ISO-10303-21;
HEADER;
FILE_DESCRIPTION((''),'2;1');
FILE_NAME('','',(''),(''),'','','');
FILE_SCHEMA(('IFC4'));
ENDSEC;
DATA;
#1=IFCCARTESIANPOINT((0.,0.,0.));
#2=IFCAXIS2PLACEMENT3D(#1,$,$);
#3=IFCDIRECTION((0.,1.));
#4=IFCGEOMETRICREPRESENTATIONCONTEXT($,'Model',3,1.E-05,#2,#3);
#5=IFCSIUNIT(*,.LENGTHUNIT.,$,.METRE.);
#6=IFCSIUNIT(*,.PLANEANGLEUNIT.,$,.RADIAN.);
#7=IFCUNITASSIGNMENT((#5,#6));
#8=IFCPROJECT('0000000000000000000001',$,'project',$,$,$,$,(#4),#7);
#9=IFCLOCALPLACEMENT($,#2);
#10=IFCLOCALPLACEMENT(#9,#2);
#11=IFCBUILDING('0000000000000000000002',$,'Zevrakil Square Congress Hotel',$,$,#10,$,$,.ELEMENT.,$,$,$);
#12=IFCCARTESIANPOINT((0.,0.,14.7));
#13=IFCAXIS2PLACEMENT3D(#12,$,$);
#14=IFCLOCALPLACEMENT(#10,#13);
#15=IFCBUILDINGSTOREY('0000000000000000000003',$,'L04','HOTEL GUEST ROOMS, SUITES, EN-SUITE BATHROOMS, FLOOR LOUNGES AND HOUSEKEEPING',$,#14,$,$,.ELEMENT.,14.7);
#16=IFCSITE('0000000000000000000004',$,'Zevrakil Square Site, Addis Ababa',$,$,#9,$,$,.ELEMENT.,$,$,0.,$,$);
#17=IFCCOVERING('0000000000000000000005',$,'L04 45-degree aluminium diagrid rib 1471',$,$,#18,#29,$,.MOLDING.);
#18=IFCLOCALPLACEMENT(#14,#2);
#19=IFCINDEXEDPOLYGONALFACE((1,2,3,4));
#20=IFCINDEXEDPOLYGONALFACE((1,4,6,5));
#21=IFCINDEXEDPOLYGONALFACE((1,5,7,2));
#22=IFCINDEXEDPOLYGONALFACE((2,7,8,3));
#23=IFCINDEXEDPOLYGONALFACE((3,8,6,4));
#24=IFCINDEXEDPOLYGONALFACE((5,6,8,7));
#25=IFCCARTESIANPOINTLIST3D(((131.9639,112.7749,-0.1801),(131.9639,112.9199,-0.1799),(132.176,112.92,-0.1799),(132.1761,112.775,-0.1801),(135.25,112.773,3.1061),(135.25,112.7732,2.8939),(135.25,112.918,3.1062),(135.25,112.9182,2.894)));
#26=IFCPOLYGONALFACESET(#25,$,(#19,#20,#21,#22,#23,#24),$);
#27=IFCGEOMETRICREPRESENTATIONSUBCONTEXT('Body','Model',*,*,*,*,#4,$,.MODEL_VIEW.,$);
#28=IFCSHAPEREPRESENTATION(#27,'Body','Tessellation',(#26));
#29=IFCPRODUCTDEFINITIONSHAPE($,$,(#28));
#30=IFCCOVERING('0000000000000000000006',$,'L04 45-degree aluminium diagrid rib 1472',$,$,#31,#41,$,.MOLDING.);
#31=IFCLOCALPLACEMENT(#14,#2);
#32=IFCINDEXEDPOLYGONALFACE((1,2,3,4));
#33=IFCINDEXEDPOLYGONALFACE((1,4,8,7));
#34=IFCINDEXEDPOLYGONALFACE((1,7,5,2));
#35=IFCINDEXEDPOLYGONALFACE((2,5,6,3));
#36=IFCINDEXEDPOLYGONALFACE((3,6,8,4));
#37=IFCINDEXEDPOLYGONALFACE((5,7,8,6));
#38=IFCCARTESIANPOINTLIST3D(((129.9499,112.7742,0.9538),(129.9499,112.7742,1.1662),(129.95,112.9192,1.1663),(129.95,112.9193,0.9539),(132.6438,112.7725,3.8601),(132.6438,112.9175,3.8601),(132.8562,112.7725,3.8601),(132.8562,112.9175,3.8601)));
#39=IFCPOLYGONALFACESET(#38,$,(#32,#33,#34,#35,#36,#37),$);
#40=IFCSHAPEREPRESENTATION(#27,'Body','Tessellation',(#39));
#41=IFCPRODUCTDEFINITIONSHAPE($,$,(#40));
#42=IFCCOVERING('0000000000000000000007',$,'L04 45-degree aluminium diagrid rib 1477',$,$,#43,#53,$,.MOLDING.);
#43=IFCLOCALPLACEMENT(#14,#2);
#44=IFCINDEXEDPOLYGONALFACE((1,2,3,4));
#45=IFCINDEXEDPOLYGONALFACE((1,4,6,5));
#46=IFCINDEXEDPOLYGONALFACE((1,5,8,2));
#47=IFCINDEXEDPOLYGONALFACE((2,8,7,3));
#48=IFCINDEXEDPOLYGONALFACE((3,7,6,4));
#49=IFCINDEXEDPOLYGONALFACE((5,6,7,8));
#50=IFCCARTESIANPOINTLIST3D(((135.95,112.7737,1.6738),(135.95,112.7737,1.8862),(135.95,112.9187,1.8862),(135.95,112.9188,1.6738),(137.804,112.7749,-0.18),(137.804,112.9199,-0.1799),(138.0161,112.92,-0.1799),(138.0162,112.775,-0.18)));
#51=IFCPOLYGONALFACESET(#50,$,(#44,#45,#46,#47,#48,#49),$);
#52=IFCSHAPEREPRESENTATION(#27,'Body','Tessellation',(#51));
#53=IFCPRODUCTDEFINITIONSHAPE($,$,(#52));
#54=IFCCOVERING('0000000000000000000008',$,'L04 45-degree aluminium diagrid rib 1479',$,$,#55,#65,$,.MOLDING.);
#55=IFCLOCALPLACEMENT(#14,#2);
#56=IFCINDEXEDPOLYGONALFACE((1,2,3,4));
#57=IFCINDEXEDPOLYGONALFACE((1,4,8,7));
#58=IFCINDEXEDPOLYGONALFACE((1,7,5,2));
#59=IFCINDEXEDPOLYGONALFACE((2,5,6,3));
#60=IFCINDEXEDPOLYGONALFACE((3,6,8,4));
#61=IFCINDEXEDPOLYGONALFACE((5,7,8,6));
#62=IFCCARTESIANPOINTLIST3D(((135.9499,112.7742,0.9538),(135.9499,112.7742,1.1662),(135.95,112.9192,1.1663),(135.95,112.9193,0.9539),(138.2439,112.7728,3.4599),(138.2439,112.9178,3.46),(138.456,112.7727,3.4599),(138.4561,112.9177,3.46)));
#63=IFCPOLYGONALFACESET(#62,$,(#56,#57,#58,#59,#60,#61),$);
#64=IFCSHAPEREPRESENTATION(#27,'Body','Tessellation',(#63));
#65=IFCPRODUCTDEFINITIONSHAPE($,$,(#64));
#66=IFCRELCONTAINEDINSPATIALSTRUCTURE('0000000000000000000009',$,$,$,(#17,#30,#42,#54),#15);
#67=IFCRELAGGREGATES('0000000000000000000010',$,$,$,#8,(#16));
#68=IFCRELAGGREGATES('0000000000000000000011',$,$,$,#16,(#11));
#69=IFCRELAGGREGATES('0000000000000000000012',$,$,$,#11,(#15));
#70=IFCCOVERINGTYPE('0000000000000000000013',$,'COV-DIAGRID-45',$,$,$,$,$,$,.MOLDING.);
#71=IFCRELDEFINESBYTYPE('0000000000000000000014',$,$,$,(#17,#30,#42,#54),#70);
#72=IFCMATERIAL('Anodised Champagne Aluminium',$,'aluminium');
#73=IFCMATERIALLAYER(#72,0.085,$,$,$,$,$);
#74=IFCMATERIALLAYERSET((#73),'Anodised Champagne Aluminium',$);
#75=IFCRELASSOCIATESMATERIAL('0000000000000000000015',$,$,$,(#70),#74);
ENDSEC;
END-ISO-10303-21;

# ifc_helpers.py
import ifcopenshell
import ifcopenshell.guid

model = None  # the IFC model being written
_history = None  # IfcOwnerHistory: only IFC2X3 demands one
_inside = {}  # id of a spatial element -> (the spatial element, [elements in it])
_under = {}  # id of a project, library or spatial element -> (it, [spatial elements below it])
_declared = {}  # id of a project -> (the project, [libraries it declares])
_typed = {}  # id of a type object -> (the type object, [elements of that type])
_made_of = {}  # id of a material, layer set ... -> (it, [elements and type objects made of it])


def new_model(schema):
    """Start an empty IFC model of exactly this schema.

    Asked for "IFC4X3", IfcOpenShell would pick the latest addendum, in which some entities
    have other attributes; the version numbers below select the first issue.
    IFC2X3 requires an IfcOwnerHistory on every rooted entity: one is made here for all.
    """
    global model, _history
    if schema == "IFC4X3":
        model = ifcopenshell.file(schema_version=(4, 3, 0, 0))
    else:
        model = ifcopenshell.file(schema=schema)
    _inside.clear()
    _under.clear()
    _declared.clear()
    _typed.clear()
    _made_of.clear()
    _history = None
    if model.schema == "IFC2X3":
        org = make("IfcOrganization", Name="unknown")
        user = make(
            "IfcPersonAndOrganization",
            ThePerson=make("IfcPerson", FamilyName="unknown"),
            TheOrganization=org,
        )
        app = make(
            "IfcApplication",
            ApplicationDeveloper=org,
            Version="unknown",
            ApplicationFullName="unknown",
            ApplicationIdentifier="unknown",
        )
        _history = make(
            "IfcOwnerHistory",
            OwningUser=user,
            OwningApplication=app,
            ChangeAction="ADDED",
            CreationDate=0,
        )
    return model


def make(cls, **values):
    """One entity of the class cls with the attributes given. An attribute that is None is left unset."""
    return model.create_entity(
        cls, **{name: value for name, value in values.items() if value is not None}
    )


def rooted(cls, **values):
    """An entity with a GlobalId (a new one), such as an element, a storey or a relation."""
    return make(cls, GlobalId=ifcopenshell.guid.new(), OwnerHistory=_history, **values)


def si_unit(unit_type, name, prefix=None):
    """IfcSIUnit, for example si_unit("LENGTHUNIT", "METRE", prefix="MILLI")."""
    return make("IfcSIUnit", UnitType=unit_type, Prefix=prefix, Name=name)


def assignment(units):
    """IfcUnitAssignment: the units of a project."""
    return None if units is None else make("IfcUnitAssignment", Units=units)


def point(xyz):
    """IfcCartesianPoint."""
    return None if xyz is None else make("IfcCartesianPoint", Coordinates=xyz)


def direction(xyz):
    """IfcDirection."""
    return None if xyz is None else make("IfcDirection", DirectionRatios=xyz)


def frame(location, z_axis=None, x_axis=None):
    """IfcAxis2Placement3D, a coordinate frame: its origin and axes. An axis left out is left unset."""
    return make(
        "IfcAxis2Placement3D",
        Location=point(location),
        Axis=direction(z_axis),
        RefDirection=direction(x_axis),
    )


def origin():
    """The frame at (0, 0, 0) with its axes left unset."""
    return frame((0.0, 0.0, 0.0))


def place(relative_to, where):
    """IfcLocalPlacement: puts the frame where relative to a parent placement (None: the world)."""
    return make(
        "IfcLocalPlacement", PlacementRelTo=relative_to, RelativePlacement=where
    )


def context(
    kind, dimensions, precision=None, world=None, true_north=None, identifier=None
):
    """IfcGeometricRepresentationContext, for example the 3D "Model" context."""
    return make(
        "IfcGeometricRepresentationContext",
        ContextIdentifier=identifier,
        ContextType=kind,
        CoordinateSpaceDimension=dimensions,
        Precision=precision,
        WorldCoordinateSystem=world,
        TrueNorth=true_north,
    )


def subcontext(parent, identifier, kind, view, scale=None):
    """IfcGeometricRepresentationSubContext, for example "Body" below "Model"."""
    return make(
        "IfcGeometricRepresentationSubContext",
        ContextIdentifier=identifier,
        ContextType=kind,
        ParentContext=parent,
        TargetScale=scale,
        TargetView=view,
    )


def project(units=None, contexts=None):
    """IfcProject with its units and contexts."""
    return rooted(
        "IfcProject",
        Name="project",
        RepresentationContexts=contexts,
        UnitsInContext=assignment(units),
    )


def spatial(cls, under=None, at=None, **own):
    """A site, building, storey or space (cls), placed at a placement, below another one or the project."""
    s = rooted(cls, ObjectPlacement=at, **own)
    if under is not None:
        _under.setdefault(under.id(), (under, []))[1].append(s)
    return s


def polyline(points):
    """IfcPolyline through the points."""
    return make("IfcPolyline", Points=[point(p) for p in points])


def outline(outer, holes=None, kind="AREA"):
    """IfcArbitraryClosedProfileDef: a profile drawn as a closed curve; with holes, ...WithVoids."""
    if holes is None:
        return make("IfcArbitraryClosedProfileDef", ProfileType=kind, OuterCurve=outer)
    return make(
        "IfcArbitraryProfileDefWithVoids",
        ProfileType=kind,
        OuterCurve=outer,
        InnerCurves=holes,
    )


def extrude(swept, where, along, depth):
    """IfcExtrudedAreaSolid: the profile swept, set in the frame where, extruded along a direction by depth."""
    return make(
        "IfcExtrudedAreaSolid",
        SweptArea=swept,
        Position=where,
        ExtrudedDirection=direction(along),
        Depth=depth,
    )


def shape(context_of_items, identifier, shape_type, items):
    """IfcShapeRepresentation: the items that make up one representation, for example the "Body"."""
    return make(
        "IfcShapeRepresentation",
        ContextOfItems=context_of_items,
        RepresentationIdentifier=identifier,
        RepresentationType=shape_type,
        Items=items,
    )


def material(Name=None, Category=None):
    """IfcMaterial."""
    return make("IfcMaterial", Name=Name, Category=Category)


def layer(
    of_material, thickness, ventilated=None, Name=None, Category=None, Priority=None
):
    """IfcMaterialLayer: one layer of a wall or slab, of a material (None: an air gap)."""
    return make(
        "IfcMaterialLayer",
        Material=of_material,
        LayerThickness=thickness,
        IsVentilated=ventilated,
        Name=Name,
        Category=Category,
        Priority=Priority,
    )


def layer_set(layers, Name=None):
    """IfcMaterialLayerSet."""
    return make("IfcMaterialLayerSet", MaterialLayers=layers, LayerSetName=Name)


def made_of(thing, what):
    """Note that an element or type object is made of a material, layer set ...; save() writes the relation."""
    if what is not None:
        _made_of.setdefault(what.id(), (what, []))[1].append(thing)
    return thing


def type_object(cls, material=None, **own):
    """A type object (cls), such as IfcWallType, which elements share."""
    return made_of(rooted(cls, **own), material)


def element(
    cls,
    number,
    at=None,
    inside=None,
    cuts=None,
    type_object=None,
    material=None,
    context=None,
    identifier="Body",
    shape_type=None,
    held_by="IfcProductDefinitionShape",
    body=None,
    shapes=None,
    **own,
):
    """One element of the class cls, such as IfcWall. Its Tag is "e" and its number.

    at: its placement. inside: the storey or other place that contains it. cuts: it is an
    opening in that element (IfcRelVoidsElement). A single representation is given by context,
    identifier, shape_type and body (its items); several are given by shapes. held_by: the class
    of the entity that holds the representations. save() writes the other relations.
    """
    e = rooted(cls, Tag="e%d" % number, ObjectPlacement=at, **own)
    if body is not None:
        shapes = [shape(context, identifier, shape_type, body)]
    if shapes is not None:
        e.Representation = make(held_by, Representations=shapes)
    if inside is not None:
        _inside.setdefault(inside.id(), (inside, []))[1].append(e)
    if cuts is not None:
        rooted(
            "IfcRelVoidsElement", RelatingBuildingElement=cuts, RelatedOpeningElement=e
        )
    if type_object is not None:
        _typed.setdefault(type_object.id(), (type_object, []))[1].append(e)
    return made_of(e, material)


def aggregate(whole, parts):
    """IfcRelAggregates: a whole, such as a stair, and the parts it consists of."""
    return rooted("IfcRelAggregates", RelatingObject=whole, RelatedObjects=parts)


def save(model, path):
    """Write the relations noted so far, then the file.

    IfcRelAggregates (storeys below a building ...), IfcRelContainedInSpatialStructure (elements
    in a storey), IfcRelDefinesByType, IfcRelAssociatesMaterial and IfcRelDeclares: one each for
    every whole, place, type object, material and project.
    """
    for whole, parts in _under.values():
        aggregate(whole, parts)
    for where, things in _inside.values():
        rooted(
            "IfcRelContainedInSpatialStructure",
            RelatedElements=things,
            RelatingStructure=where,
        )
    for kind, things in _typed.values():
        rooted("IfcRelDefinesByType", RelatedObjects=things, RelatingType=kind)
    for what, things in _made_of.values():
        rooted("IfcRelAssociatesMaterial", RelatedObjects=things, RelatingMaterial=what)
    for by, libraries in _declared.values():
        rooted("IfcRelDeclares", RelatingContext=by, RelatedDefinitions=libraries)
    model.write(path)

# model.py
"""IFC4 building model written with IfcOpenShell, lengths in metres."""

from ifc_helpers import new_model, si_unit, direction, frame, origin, place, context, subcontext, project, spatial, polyline, outline, extrude, material, layer, layer_set, type_object, element, save


model = new_model("IFC4")

# Units and contexts
model_context = context("Model", 3, precision=1e-05, world=origin(), true_north=direction((0.0, 1.0)))
body_context = subcontext(model_context, "Body", "Model", "MODEL_VIEW")
ifc_project = project(units=[si_unit("LENGTHUNIT", "METRE"), si_unit("PLANEANGLEUNIT", "RADIAN")], contexts=[model_context])

# Site, building, storey
site_placement = place(None, origin())
site = spatial("IfcSite", under=ifc_project, at=site_placement, Name="Zevrakil Square Site, Addis Ababa", CompositionType="ELEMENT", RefElevation=0.0)
building_placement = place(site_placement, origin())
building = spatial("IfcBuilding", under=site, at=building_placement, Name="Zevrakil Square Congress Hotel", CompositionType="ELEMENT")
storey_placement = place(building_placement, frame((0.0, 0.0, 14.7)))
storey = spatial("IfcBuildingStorey", under=building, at=storey_placement, Name="L04", Description="HOTEL GUEST ROOMS, SUITES, EN-SUITE BATHROOMS, FLOOR LOUNGES AND HOUSEKEEPING", CompositionType="ELEMENT", Elevation=14.7)

# Coverings
ifc_material_1 = material(Name="Anodised Champagne Aluminium", Category="aluminium")
ifc_layer_1 = layer(ifc_material_1, 0.085)
ifc_layer_set_1 = layer_set([ifc_layer_1], Name="Anodised Champagne Aluminium")
covering_type_1 = type_object("IfcCoveringType", Name="COV-DIAGRID-45", PredefinedType="MOLDING", material=ifc_layer_set_1)
covering_1_placement = place(storey_placement, frame((135.25, 112.9182, 2.894), z_axis=(-0.000287, 1.0, 0.000863), x_axis=(0.0, -0.000863, 1.0)))
element("IfcCovering", 1, at=covering_1_placement, inside=storey, type_object=covering_type_1, Name="L04 45-degree aluminium diagrid rib 1471", PredefinedType="MOLDING", context=body_context, shape_type="SweptSolid", body=[
    extrude(outline(polyline([(0.0, 0.0), (0.2122, 0.0), (-3.074, -3.2861), (-3.074, -3.074), (0.0, 0.0)])), origin(), (0.0, 0.0, -1.0), 0.145),
])
covering_2_placement = place(storey_placement, frame((132.8562, 112.9175, 3.8601), z_axis=(0.000305, 1.0, 0.000305), x_axis=(-1.0, 0.000305, 0.0)))
element("IfcCovering", 2, at=covering_2_placement, inside=storey, type_object=covering_type_1, Name="L04 45-degree aluminium diagrid rib 1472", PredefinedType="MOLDING", context=body_context, shape_type="SweptSolid", body=[
    extrude(outline(polyline([(0.0, 0.0), (0.2124, 0.0), (2.9063, -2.6938), (2.9063, -2.9063), (0.0, 0.0)])), origin(), (0.0, 0.0, -1.0), 0.145),
])
covering_3_placement = place(storey_placement, frame((137.804, 112.9199, -0.1799), z_axis=(-0.000312, 1.0, 0.000311), x_axis=(1.0, 0.000312, 0.0)))
element("IfcCovering", 3, at=covering_3_placement, inside=storey, type_object=covering_type_1, Name="L04 45-degree aluminium diagrid rib 1477", PredefinedType="MOLDING", context=body_context, shape_type="SweptSolid", body=[
    extrude(outline(polyline([(0.0, 0.0), (0.2122, 0.0), (-1.854, -2.0662), (-1.854, -1.8538), (0.0, 0.0)])), origin(), (0.0, 0.0, -1.0), 0.145),
])
covering_4_placement = place(storey_placement, frame((138.4561, 112.9177, 3.46), z_axis=(0.000305, 1.0, 0.000305), x_axis=(-1.0, 0.000305, 0.0)))
element("IfcCovering", 4, at=covering_4_placement, inside=storey, type_object=covering_type_1, Name="L04 45-degree aluminium diagrid rib 1479", PredefinedType="MOLDING", context=body_context, shape_type="SweptSolid", body=[
    extrude(outline(polyline([(0.0, 0.0), (0.2122, 0.0), (2.5061, -2.2937), (2.5061, -2.5061), (0.0, 0.0)])), origin(), (0.0, 0.0, -1.0), 0.145),
])

save(model, "model.ifc")
